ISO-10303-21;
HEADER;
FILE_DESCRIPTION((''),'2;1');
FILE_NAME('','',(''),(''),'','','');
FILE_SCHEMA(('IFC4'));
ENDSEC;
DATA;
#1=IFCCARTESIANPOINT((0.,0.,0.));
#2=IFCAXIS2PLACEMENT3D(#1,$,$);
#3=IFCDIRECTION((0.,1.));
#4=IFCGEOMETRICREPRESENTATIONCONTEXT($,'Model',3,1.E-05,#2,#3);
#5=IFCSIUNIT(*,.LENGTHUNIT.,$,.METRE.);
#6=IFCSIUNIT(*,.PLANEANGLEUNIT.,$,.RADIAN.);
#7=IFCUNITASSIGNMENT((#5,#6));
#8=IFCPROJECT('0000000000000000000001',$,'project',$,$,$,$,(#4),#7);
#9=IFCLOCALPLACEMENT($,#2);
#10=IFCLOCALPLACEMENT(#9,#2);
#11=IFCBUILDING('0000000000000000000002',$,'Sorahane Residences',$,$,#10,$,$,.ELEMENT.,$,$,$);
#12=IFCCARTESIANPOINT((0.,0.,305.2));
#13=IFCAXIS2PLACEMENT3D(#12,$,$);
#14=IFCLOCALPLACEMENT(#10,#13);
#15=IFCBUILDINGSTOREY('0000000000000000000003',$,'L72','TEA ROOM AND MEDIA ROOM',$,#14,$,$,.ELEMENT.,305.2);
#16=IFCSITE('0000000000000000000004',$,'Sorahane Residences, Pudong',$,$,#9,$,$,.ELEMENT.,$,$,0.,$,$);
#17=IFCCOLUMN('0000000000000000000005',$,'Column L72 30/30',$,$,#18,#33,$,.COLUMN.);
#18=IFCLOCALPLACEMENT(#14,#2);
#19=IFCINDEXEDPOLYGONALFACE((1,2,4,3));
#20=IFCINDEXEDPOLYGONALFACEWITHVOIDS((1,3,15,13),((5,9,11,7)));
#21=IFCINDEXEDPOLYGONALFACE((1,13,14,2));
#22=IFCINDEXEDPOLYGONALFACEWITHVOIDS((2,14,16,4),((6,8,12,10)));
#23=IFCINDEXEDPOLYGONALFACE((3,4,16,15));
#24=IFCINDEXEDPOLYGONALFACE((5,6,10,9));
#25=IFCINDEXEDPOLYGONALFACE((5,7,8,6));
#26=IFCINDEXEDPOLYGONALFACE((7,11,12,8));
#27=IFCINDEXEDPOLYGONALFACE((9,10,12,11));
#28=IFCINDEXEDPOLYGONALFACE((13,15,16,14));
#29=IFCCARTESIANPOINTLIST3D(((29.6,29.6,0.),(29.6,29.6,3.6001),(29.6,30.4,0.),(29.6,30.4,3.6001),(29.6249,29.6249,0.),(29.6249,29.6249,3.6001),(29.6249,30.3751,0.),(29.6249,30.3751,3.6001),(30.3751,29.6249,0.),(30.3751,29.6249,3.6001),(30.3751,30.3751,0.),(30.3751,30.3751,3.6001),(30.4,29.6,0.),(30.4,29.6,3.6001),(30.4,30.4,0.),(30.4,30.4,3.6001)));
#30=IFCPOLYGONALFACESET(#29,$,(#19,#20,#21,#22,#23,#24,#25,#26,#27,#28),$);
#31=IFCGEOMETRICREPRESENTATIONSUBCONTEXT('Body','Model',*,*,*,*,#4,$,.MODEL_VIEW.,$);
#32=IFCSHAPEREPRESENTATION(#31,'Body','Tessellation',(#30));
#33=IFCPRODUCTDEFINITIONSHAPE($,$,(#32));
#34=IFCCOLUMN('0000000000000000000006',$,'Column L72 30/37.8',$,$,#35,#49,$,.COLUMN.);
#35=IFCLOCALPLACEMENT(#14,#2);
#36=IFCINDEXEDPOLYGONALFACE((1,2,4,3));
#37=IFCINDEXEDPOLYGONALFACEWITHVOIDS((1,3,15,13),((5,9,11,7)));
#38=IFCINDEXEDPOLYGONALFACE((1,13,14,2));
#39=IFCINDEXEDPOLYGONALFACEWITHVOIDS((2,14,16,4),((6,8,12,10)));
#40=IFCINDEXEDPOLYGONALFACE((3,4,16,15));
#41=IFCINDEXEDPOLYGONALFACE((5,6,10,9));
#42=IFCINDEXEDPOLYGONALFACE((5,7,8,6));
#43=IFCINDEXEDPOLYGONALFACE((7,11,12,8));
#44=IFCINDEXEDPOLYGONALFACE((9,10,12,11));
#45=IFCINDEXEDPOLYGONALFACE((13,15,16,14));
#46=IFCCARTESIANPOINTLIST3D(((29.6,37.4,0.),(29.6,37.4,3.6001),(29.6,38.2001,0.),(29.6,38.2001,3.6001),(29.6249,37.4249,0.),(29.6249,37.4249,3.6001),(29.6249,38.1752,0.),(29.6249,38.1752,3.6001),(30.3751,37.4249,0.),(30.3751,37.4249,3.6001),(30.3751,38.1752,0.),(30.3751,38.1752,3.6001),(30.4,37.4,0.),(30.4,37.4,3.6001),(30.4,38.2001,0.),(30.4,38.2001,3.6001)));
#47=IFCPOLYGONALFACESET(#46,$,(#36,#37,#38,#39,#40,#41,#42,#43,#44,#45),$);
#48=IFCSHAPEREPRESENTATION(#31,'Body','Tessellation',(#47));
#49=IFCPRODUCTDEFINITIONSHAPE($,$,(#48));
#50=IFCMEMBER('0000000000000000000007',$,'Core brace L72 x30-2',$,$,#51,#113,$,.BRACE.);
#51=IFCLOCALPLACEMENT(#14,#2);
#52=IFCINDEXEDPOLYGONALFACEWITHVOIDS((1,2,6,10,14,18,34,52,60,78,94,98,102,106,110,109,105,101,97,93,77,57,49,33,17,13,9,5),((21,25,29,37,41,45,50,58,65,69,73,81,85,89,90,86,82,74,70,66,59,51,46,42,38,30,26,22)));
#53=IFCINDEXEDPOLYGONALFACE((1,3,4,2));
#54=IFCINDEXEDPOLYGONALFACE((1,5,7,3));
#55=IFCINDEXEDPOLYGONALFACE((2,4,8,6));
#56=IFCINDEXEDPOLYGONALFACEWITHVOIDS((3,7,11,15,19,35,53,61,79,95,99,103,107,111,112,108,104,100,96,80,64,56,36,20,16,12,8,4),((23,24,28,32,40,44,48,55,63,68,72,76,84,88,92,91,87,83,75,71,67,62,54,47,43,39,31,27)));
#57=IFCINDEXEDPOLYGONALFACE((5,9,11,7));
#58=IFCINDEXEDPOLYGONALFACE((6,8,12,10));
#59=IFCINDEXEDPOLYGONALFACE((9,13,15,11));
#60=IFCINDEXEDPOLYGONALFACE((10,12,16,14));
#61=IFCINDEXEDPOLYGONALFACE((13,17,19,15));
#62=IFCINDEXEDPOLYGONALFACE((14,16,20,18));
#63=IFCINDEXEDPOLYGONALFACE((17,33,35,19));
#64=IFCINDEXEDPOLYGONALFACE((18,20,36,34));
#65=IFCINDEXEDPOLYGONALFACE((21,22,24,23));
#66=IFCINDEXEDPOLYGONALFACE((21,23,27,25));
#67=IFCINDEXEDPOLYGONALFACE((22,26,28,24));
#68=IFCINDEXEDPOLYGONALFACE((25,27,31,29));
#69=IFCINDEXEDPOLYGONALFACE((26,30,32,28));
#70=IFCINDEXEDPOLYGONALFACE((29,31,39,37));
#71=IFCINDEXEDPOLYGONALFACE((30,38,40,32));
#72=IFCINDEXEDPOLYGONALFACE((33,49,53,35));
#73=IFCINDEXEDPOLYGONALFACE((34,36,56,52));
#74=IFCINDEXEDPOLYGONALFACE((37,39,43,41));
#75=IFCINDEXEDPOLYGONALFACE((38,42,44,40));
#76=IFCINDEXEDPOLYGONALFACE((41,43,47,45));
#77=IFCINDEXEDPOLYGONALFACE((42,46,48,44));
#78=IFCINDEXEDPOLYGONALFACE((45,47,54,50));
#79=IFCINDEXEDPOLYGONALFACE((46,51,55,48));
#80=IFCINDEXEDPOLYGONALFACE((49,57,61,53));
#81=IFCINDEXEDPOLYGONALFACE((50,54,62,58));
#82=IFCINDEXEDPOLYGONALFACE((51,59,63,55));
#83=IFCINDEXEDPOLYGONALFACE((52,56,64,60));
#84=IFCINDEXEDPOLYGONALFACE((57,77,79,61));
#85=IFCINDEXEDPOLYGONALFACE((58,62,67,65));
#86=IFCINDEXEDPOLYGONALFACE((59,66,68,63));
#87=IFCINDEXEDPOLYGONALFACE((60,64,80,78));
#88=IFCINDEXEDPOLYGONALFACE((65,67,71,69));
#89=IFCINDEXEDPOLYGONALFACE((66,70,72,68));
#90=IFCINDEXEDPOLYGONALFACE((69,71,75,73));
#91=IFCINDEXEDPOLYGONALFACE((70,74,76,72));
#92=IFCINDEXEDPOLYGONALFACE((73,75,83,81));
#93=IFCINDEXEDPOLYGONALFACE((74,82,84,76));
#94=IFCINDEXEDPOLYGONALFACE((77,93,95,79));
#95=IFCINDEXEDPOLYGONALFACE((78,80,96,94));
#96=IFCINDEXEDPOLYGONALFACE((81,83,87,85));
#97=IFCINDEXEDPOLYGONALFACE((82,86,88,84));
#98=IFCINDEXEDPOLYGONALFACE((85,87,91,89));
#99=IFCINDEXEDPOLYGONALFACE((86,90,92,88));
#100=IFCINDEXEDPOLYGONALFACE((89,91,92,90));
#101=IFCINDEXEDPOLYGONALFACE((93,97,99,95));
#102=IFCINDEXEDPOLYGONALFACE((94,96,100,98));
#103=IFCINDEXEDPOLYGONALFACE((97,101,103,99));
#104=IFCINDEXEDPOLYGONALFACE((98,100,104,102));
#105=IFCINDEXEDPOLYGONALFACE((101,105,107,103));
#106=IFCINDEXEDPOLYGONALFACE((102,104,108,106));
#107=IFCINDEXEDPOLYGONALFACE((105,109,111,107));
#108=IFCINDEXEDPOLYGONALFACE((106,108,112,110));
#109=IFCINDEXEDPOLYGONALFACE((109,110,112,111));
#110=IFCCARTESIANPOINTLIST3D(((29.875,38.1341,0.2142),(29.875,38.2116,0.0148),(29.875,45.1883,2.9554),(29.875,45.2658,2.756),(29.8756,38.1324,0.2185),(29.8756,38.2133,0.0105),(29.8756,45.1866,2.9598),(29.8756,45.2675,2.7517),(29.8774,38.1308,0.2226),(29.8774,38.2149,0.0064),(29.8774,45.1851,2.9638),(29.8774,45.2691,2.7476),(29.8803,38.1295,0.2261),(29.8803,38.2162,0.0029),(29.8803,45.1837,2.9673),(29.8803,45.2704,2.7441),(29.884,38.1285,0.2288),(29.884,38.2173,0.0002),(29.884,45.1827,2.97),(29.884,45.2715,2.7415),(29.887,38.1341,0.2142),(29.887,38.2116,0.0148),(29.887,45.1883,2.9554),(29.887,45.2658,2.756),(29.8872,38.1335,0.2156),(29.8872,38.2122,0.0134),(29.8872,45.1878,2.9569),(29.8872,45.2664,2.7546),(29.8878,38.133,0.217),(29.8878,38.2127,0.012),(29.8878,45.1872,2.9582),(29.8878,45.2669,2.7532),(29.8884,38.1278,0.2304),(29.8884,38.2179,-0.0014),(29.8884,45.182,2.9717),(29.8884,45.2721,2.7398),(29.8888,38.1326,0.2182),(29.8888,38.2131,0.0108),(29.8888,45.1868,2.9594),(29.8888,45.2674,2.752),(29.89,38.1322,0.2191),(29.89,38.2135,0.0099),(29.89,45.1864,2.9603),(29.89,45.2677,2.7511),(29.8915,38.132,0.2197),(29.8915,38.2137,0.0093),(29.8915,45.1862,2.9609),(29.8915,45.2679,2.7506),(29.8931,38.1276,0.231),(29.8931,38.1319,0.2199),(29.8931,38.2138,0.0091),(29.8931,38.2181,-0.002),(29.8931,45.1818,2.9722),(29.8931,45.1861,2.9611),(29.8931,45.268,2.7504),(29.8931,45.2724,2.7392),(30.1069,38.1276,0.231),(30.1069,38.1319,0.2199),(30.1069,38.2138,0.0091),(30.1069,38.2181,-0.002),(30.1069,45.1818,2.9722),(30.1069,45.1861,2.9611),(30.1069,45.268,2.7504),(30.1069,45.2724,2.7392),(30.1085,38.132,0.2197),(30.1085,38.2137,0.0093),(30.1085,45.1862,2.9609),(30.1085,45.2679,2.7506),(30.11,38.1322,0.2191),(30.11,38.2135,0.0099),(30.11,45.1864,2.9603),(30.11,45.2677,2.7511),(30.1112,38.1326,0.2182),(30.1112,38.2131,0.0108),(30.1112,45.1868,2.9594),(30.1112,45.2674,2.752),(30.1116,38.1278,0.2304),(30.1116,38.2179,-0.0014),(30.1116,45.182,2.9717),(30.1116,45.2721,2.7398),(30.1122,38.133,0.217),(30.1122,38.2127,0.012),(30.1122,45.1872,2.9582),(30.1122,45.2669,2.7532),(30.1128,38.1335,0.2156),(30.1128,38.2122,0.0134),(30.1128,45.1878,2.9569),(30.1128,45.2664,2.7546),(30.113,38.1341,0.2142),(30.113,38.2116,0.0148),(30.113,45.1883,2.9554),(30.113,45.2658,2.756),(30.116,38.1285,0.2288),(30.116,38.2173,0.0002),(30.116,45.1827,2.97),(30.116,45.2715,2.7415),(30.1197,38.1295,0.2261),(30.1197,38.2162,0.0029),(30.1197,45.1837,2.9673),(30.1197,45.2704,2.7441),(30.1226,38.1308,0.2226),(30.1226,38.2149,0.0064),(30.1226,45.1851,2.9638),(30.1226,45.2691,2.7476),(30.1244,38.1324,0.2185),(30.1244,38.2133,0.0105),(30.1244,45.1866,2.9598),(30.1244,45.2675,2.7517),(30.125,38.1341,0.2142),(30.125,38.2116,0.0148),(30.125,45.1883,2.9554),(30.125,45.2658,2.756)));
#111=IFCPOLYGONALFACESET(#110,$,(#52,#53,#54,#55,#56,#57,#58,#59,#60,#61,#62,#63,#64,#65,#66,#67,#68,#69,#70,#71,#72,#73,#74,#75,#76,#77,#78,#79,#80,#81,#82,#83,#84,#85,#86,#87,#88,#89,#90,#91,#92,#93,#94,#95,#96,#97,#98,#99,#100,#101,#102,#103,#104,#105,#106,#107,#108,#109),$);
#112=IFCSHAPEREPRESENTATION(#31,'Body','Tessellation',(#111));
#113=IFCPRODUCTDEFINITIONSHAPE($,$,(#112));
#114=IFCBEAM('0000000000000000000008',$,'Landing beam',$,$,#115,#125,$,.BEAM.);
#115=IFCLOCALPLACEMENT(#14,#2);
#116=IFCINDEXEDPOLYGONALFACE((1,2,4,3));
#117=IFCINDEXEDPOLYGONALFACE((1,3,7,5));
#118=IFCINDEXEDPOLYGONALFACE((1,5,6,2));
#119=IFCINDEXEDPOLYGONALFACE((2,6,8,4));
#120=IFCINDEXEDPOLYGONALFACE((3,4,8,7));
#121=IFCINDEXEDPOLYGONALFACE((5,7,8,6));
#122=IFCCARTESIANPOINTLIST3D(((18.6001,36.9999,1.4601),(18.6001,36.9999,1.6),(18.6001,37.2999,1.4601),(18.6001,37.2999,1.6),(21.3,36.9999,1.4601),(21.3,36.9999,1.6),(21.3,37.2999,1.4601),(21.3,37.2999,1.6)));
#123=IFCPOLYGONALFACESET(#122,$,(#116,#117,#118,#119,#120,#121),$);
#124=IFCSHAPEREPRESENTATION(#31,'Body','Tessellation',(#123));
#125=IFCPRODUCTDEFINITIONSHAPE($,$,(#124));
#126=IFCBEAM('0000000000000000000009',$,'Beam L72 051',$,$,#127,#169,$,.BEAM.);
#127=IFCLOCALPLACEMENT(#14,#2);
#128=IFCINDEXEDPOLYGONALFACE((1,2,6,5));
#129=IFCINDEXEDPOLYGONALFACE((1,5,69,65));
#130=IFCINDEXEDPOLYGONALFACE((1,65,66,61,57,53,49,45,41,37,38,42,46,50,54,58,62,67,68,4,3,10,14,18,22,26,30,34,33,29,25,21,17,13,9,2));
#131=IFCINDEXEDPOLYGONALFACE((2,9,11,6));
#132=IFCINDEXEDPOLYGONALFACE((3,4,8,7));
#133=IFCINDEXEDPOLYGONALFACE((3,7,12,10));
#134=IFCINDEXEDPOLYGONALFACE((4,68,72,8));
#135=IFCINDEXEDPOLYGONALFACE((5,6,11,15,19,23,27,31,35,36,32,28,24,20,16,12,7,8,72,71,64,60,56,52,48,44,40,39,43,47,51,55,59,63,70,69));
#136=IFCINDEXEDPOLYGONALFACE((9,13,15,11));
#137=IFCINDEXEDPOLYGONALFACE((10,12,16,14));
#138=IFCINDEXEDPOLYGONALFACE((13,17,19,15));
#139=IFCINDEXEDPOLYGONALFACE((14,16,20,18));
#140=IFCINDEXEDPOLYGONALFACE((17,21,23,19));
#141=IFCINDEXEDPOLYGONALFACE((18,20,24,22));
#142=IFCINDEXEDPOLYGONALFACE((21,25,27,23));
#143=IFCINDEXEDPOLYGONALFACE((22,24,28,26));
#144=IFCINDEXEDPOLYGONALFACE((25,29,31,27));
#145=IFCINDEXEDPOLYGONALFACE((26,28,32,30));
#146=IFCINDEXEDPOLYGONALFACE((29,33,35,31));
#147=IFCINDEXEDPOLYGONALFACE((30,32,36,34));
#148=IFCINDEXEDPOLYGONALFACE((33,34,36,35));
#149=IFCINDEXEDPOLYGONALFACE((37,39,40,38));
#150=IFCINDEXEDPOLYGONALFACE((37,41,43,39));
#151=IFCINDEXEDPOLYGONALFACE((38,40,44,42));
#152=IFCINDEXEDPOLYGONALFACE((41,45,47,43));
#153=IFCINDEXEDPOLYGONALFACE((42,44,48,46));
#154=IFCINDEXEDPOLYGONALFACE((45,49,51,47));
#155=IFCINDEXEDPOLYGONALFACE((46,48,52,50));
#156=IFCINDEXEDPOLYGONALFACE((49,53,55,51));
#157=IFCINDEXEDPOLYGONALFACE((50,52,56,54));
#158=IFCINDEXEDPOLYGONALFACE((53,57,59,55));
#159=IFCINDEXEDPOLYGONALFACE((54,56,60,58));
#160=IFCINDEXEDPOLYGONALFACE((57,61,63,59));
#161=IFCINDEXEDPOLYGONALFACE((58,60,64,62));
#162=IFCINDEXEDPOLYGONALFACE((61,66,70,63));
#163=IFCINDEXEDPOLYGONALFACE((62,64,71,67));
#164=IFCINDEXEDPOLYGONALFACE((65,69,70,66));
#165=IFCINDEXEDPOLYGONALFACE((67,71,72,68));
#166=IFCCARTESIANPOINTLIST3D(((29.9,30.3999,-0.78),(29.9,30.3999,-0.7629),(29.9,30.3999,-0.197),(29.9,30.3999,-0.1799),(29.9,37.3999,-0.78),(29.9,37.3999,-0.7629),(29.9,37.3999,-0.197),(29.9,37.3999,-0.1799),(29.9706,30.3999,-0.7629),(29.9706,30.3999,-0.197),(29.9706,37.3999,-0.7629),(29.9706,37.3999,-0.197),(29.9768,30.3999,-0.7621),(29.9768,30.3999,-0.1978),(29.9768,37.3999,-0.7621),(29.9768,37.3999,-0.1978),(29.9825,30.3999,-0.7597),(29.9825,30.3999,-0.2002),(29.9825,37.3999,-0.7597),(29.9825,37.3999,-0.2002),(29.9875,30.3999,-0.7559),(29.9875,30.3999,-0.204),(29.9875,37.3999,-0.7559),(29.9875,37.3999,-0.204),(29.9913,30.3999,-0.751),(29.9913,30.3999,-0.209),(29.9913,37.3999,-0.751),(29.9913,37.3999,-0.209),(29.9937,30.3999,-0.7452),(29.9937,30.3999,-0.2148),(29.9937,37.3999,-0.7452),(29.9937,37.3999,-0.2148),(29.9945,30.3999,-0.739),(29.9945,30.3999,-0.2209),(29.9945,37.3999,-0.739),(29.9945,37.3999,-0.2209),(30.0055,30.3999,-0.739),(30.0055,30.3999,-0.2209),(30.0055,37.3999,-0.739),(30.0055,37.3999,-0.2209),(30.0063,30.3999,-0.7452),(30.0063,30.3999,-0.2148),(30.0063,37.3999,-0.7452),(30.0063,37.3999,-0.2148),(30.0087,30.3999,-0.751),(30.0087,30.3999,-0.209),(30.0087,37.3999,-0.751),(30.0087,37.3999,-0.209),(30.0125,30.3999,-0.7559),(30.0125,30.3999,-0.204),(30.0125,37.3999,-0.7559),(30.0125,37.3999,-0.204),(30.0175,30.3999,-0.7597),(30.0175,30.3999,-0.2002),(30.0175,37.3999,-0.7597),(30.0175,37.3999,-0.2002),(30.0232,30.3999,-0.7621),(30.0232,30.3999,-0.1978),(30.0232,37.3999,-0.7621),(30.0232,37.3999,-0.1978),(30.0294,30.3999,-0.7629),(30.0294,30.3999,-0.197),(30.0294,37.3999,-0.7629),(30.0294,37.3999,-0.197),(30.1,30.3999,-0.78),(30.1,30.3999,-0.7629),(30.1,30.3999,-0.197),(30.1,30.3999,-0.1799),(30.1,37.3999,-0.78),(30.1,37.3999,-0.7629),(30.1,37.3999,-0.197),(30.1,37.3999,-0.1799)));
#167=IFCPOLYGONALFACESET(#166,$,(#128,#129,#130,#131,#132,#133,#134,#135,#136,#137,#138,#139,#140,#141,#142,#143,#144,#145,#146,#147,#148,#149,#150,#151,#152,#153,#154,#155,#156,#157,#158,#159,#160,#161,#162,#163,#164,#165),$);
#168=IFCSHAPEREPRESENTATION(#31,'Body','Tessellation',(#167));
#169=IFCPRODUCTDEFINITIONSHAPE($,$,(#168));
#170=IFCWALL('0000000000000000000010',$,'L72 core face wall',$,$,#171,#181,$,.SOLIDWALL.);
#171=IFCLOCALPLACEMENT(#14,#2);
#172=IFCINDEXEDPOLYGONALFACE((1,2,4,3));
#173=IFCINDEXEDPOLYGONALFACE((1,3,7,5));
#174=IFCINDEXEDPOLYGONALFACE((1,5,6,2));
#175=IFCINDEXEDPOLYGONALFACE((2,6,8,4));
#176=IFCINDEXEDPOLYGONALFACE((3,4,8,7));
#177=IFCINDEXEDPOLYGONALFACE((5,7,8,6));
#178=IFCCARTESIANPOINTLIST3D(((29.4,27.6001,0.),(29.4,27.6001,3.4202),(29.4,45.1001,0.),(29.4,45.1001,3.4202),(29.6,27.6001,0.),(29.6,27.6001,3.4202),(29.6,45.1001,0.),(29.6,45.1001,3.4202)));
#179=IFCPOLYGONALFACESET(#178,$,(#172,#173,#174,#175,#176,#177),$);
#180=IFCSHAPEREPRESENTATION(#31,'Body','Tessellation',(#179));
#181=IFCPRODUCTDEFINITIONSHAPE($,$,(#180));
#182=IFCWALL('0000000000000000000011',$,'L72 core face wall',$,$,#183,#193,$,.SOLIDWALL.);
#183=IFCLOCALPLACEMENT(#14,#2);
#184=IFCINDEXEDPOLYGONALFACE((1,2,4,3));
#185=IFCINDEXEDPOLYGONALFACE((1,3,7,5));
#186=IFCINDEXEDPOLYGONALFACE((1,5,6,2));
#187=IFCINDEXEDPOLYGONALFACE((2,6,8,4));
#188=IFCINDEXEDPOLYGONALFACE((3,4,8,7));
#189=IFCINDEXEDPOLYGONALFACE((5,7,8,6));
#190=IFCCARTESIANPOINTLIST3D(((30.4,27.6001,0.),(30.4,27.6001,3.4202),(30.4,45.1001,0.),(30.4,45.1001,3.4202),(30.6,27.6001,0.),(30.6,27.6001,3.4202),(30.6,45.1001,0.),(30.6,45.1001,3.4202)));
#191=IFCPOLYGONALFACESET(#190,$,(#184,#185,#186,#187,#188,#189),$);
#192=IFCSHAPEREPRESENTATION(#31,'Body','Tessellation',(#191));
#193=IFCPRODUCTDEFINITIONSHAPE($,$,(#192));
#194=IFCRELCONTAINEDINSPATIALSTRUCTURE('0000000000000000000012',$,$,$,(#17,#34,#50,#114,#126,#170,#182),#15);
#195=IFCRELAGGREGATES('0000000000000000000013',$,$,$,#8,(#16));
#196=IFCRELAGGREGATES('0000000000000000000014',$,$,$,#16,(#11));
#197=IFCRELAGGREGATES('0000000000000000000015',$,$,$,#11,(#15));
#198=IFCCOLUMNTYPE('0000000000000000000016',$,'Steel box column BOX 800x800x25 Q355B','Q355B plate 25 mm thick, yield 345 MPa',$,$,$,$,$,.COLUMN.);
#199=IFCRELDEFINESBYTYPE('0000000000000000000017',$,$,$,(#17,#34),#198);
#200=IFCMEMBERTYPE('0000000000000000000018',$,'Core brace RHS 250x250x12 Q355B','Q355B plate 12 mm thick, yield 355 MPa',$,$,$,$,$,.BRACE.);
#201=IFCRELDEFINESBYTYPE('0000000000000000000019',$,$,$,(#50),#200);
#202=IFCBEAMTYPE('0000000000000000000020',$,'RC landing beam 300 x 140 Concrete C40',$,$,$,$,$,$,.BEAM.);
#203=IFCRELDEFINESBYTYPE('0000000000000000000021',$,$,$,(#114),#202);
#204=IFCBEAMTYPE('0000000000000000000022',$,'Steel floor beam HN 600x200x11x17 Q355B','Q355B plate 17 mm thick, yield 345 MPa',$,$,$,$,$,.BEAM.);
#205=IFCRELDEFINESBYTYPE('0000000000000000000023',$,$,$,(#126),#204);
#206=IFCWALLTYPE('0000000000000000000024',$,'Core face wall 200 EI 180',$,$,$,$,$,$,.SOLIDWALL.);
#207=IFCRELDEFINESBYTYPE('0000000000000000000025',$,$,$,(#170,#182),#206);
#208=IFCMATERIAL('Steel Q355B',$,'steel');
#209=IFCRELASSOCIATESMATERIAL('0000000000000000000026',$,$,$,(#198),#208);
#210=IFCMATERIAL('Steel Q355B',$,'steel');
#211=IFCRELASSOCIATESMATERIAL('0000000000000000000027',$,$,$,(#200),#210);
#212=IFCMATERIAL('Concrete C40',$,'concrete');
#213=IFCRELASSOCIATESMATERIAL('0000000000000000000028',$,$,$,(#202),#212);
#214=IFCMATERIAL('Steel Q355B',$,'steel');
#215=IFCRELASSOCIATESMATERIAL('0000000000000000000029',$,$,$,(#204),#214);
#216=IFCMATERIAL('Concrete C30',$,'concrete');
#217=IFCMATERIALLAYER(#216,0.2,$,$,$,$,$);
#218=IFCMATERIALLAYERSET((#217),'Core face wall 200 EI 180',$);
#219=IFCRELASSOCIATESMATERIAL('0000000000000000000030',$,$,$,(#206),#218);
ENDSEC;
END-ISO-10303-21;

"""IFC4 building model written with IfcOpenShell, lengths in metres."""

from ifc_helpers import new_model, si_unit, direction, frame, frame_2d, origin, origin_2d, place, context, subcontext, project, spatial, rectangle, hollow_rectangle, i_section, extrude, material, layer, layer_set, material_profile, profile_set, type_object, element, save


model = new_model("IFC4")

# Units and contexts
model_context = context("Model", 3, precision=1e-05, world=origin(), true_north=direction((0.0, 1.0)))
body_context = subcontext(model_context, "Body", "Model", "MODEL_VIEW")
ifc_project = project(units=[si_unit("LENGTHUNIT", "METRE"), si_unit("PLANEANGLEUNIT", "RADIAN")], contexts=[model_context])

# Site, building, storey
site_placement = place(None, origin())
site = spatial("IfcSite", under=ifc_project, at=site_placement, Name="Sorahane Residences, Pudong", CompositionType="ELEMENT", RefElevation=0.0)
building_placement = place(site_placement, origin())
building = spatial("IfcBuilding", under=site, at=building_placement, Name="Sorahane Residences", CompositionType="ELEMENT")
storey_placement = place(building_placement, frame((0.0, 0.0, 305.2)))
storey = spatial("IfcBuildingStorey", under=building, at=storey_placement, Name="L72", Description="TEA ROOM AND MEDIA ROOM", CompositionType="ELEMENT", Elevation=305.2)

# Columns
ifc_material_1 = material(Name="Steel Q355B", Category="steel")
ifc_material_profile_1 = material_profile(ifc_material_1, hollow_rectangle(XDim=0.8, YDim=0.8, WallThickness=0.0249, at=origin_2d()), Name="BOX 800x800x25")
ifc_profile_set_1 = profile_set([ifc_material_profile_1], Name="Steel Q355B")
column_type = type_object("IfcColumnType", Name="Steel box column BOX 800x800x25 Q355B", Description="Q355B plate 25 mm thick, yield 345 MPa", PredefinedType="COLUMN", material=ifc_profile_set_1)
for number, where, z_axis, x_axis, name in (
    (1, (30.0, 30.0, 0.0), (0.0, 0.0, 1.0), (1.0, 0.0, 0.0), "Column L72 30/30"),
    (2, (30.0, 37.8, 0.0), (0.0, 0.0, 1.0), (1.0, 0.0, 0.0), "Column L72 30/37.8"),
):
    element("IfcColumn", number, at=place(storey_placement, frame(where, z_axis=z_axis, x_axis=x_axis)), inside=storey, type_object=column_type, Name=name, PredefinedType="COLUMN", context=body_context, shape_type="SweptSolid", body=[
        extrude(hollow_rectangle(XDim=0.8, YDim=0.8, WallThickness=0.0249, at=origin_2d()), origin(), (0.0, 0.0, 1.0), 3.6001),
    ])

# Member
ifc_material_2 = material(Name="Steel Q355B", Category="steel")
ifc_material_profile_2 = material_profile(ifc_material_2, hollow_rectangle(XDim=0.25, YDim=0.25, WallThickness=0.012, InnerFilletRadius=0.0061, OuterFilletRadius=0.0181, at=origin_2d()), Name="RHS 250x250x12")
ifc_profile_set_2 = profile_set([ifc_material_profile_2], Name="Steel Q355B")
member_type = type_object("IfcMemberType", Name="Core brace RHS 250x250x12 Q355B", Description="Q355B plate 12 mm thick, yield 355 MPa", PredefinedType="BRACE", material=ifc_profile_set_2)
member_placement = place(storey_placement, frame((30.0, 38.1729, 0.1145), z_axis=(0.0, 0.932098, 0.362207), x_axis=(-1.0, 0.0, 0.0)))
element("IfcMember", 3, at=member_placement, inside=storey, type_object=member_type, Name="Core brace L72 x30-2", PredefinedType="BRACE", context=body_context, shape_type="SweptSolid", body=[
    extrude(hollow_rectangle(XDim=0.25, YDim=0.25, WallThickness=0.012, InnerFilletRadius=0.0061, OuterFilletRadius=0.0181, at=origin_2d()), origin(), (0.0, 0.0, 1.0), 7.5681),
])

# Beams
ifc_material_3 = material(Name="Concrete C40", Category="concrete")
ifc_material_profile_3 = material_profile(ifc_material_3, rectangle(XDim=0.3, YDim=0.1399, at=origin_2d()), Name="300x140")
ifc_profile_set_3 = profile_set([ifc_material_profile_3], Name="Concrete C40")
beam_type_1 = type_object("IfcBeamType", Name="RC landing beam 300 x 140 Concrete C40", PredefinedType="BEAM", material=ifc_profile_set_3)
beam_1_placement = place(storey_placement, frame((18.6001, 37.1499, 1.53), z_axis=(1.0, 0.0, 0.0), x_axis=(0.0, 1.0, 0.0)))
element("IfcBeam", 4, at=beam_1_placement, inside=storey, type_object=beam_type_1, Name="Landing beam", PredefinedType="BEAM", context=body_context, shape_type="SweptSolid", body=[
    extrude(rectangle(XDim=0.3, YDim=0.1399, at=origin_2d()), origin(), (0.0, 0.0, 1.0), 2.7),
])
ifc_material_4 = material(Name="Steel Q355B", Category="steel")
ifc_material_profile_4 = material_profile(ifc_material_4, i_section(OverallWidth=0.2, OverallDepth=0.6001, WebThickness=0.011, FlangeThickness=0.0171, FilletRadius=0.0239, at=origin_2d()), Name="HN 600x200x11x17")
ifc_profile_set_4 = profile_set([ifc_material_profile_4], Name="Steel Q355B")
beam_type_2 = type_object("IfcBeamType", Name="Steel floor beam HN 600x200x11x17 Q355B", Description="Q355B plate 17 mm thick, yield 345 MPa", PredefinedType="BEAM", material=ifc_profile_set_4)
beam_2_placement = place(storey_placement, frame((30.0, 30.3999, -0.48), z_axis=(0.0, 1.0, 0.0), x_axis=(-1.0, 0.0, 0.0)))
element("IfcBeam", 5, at=beam_2_placement, inside=storey, type_object=beam_type_2, Name="Beam L72 051", PredefinedType="BEAM", context=body_context, shape_type="SweptSolid", body=[
    extrude(i_section(OverallWidth=0.2, OverallDepth=0.6001, WebThickness=0.011, FlangeThickness=0.0171, FilletRadius=0.0239, at=origin_2d()), origin(), (0.0, 0.0, 1.0), 7.0),
])

# Walls
ifc_material_5 = material(Name="Concrete C30", Category="concrete")
ifc_layer_1 = layer(ifc_material_5, 0.2)
ifc_layer_set_1 = layer_set([ifc_layer_1], Name="Core face wall 200 EI 180")
wall_type_1 = type_object("IfcWallType", Name="Core face wall 200 EI 180", PredefinedType="SOLIDWALL", material=ifc_layer_set_1)
for number, where, z_axis, x_axis, name in (
    (6, (29.5, 27.6001, 0.0), (0.0, 0.0, 1.0), (0.0, 1.0, 0.0), "L72 core face wall"),
    (7, (30.5, 27.6001, 0.0), (0.0, 0.0, 1.0), (0.0, 1.0, 0.0), "L72 core face wall"),
):
    element("IfcWall", number, at=place(storey_placement, frame(where, z_axis=z_axis, x_axis=x_axis)), inside=storey, type_object=wall_type_1, Name=name, PredefinedType="SOLIDWALL", context=body_context, shape_type="SweptSolid", body=[
        extrude(rectangle(XDim=17.5, YDim=0.2, at=frame_2d((8.75, 0.0))), origin(), (0.0, 0.0, 1.0), 3.4202),
    ])

save(model, "model.ifc")
